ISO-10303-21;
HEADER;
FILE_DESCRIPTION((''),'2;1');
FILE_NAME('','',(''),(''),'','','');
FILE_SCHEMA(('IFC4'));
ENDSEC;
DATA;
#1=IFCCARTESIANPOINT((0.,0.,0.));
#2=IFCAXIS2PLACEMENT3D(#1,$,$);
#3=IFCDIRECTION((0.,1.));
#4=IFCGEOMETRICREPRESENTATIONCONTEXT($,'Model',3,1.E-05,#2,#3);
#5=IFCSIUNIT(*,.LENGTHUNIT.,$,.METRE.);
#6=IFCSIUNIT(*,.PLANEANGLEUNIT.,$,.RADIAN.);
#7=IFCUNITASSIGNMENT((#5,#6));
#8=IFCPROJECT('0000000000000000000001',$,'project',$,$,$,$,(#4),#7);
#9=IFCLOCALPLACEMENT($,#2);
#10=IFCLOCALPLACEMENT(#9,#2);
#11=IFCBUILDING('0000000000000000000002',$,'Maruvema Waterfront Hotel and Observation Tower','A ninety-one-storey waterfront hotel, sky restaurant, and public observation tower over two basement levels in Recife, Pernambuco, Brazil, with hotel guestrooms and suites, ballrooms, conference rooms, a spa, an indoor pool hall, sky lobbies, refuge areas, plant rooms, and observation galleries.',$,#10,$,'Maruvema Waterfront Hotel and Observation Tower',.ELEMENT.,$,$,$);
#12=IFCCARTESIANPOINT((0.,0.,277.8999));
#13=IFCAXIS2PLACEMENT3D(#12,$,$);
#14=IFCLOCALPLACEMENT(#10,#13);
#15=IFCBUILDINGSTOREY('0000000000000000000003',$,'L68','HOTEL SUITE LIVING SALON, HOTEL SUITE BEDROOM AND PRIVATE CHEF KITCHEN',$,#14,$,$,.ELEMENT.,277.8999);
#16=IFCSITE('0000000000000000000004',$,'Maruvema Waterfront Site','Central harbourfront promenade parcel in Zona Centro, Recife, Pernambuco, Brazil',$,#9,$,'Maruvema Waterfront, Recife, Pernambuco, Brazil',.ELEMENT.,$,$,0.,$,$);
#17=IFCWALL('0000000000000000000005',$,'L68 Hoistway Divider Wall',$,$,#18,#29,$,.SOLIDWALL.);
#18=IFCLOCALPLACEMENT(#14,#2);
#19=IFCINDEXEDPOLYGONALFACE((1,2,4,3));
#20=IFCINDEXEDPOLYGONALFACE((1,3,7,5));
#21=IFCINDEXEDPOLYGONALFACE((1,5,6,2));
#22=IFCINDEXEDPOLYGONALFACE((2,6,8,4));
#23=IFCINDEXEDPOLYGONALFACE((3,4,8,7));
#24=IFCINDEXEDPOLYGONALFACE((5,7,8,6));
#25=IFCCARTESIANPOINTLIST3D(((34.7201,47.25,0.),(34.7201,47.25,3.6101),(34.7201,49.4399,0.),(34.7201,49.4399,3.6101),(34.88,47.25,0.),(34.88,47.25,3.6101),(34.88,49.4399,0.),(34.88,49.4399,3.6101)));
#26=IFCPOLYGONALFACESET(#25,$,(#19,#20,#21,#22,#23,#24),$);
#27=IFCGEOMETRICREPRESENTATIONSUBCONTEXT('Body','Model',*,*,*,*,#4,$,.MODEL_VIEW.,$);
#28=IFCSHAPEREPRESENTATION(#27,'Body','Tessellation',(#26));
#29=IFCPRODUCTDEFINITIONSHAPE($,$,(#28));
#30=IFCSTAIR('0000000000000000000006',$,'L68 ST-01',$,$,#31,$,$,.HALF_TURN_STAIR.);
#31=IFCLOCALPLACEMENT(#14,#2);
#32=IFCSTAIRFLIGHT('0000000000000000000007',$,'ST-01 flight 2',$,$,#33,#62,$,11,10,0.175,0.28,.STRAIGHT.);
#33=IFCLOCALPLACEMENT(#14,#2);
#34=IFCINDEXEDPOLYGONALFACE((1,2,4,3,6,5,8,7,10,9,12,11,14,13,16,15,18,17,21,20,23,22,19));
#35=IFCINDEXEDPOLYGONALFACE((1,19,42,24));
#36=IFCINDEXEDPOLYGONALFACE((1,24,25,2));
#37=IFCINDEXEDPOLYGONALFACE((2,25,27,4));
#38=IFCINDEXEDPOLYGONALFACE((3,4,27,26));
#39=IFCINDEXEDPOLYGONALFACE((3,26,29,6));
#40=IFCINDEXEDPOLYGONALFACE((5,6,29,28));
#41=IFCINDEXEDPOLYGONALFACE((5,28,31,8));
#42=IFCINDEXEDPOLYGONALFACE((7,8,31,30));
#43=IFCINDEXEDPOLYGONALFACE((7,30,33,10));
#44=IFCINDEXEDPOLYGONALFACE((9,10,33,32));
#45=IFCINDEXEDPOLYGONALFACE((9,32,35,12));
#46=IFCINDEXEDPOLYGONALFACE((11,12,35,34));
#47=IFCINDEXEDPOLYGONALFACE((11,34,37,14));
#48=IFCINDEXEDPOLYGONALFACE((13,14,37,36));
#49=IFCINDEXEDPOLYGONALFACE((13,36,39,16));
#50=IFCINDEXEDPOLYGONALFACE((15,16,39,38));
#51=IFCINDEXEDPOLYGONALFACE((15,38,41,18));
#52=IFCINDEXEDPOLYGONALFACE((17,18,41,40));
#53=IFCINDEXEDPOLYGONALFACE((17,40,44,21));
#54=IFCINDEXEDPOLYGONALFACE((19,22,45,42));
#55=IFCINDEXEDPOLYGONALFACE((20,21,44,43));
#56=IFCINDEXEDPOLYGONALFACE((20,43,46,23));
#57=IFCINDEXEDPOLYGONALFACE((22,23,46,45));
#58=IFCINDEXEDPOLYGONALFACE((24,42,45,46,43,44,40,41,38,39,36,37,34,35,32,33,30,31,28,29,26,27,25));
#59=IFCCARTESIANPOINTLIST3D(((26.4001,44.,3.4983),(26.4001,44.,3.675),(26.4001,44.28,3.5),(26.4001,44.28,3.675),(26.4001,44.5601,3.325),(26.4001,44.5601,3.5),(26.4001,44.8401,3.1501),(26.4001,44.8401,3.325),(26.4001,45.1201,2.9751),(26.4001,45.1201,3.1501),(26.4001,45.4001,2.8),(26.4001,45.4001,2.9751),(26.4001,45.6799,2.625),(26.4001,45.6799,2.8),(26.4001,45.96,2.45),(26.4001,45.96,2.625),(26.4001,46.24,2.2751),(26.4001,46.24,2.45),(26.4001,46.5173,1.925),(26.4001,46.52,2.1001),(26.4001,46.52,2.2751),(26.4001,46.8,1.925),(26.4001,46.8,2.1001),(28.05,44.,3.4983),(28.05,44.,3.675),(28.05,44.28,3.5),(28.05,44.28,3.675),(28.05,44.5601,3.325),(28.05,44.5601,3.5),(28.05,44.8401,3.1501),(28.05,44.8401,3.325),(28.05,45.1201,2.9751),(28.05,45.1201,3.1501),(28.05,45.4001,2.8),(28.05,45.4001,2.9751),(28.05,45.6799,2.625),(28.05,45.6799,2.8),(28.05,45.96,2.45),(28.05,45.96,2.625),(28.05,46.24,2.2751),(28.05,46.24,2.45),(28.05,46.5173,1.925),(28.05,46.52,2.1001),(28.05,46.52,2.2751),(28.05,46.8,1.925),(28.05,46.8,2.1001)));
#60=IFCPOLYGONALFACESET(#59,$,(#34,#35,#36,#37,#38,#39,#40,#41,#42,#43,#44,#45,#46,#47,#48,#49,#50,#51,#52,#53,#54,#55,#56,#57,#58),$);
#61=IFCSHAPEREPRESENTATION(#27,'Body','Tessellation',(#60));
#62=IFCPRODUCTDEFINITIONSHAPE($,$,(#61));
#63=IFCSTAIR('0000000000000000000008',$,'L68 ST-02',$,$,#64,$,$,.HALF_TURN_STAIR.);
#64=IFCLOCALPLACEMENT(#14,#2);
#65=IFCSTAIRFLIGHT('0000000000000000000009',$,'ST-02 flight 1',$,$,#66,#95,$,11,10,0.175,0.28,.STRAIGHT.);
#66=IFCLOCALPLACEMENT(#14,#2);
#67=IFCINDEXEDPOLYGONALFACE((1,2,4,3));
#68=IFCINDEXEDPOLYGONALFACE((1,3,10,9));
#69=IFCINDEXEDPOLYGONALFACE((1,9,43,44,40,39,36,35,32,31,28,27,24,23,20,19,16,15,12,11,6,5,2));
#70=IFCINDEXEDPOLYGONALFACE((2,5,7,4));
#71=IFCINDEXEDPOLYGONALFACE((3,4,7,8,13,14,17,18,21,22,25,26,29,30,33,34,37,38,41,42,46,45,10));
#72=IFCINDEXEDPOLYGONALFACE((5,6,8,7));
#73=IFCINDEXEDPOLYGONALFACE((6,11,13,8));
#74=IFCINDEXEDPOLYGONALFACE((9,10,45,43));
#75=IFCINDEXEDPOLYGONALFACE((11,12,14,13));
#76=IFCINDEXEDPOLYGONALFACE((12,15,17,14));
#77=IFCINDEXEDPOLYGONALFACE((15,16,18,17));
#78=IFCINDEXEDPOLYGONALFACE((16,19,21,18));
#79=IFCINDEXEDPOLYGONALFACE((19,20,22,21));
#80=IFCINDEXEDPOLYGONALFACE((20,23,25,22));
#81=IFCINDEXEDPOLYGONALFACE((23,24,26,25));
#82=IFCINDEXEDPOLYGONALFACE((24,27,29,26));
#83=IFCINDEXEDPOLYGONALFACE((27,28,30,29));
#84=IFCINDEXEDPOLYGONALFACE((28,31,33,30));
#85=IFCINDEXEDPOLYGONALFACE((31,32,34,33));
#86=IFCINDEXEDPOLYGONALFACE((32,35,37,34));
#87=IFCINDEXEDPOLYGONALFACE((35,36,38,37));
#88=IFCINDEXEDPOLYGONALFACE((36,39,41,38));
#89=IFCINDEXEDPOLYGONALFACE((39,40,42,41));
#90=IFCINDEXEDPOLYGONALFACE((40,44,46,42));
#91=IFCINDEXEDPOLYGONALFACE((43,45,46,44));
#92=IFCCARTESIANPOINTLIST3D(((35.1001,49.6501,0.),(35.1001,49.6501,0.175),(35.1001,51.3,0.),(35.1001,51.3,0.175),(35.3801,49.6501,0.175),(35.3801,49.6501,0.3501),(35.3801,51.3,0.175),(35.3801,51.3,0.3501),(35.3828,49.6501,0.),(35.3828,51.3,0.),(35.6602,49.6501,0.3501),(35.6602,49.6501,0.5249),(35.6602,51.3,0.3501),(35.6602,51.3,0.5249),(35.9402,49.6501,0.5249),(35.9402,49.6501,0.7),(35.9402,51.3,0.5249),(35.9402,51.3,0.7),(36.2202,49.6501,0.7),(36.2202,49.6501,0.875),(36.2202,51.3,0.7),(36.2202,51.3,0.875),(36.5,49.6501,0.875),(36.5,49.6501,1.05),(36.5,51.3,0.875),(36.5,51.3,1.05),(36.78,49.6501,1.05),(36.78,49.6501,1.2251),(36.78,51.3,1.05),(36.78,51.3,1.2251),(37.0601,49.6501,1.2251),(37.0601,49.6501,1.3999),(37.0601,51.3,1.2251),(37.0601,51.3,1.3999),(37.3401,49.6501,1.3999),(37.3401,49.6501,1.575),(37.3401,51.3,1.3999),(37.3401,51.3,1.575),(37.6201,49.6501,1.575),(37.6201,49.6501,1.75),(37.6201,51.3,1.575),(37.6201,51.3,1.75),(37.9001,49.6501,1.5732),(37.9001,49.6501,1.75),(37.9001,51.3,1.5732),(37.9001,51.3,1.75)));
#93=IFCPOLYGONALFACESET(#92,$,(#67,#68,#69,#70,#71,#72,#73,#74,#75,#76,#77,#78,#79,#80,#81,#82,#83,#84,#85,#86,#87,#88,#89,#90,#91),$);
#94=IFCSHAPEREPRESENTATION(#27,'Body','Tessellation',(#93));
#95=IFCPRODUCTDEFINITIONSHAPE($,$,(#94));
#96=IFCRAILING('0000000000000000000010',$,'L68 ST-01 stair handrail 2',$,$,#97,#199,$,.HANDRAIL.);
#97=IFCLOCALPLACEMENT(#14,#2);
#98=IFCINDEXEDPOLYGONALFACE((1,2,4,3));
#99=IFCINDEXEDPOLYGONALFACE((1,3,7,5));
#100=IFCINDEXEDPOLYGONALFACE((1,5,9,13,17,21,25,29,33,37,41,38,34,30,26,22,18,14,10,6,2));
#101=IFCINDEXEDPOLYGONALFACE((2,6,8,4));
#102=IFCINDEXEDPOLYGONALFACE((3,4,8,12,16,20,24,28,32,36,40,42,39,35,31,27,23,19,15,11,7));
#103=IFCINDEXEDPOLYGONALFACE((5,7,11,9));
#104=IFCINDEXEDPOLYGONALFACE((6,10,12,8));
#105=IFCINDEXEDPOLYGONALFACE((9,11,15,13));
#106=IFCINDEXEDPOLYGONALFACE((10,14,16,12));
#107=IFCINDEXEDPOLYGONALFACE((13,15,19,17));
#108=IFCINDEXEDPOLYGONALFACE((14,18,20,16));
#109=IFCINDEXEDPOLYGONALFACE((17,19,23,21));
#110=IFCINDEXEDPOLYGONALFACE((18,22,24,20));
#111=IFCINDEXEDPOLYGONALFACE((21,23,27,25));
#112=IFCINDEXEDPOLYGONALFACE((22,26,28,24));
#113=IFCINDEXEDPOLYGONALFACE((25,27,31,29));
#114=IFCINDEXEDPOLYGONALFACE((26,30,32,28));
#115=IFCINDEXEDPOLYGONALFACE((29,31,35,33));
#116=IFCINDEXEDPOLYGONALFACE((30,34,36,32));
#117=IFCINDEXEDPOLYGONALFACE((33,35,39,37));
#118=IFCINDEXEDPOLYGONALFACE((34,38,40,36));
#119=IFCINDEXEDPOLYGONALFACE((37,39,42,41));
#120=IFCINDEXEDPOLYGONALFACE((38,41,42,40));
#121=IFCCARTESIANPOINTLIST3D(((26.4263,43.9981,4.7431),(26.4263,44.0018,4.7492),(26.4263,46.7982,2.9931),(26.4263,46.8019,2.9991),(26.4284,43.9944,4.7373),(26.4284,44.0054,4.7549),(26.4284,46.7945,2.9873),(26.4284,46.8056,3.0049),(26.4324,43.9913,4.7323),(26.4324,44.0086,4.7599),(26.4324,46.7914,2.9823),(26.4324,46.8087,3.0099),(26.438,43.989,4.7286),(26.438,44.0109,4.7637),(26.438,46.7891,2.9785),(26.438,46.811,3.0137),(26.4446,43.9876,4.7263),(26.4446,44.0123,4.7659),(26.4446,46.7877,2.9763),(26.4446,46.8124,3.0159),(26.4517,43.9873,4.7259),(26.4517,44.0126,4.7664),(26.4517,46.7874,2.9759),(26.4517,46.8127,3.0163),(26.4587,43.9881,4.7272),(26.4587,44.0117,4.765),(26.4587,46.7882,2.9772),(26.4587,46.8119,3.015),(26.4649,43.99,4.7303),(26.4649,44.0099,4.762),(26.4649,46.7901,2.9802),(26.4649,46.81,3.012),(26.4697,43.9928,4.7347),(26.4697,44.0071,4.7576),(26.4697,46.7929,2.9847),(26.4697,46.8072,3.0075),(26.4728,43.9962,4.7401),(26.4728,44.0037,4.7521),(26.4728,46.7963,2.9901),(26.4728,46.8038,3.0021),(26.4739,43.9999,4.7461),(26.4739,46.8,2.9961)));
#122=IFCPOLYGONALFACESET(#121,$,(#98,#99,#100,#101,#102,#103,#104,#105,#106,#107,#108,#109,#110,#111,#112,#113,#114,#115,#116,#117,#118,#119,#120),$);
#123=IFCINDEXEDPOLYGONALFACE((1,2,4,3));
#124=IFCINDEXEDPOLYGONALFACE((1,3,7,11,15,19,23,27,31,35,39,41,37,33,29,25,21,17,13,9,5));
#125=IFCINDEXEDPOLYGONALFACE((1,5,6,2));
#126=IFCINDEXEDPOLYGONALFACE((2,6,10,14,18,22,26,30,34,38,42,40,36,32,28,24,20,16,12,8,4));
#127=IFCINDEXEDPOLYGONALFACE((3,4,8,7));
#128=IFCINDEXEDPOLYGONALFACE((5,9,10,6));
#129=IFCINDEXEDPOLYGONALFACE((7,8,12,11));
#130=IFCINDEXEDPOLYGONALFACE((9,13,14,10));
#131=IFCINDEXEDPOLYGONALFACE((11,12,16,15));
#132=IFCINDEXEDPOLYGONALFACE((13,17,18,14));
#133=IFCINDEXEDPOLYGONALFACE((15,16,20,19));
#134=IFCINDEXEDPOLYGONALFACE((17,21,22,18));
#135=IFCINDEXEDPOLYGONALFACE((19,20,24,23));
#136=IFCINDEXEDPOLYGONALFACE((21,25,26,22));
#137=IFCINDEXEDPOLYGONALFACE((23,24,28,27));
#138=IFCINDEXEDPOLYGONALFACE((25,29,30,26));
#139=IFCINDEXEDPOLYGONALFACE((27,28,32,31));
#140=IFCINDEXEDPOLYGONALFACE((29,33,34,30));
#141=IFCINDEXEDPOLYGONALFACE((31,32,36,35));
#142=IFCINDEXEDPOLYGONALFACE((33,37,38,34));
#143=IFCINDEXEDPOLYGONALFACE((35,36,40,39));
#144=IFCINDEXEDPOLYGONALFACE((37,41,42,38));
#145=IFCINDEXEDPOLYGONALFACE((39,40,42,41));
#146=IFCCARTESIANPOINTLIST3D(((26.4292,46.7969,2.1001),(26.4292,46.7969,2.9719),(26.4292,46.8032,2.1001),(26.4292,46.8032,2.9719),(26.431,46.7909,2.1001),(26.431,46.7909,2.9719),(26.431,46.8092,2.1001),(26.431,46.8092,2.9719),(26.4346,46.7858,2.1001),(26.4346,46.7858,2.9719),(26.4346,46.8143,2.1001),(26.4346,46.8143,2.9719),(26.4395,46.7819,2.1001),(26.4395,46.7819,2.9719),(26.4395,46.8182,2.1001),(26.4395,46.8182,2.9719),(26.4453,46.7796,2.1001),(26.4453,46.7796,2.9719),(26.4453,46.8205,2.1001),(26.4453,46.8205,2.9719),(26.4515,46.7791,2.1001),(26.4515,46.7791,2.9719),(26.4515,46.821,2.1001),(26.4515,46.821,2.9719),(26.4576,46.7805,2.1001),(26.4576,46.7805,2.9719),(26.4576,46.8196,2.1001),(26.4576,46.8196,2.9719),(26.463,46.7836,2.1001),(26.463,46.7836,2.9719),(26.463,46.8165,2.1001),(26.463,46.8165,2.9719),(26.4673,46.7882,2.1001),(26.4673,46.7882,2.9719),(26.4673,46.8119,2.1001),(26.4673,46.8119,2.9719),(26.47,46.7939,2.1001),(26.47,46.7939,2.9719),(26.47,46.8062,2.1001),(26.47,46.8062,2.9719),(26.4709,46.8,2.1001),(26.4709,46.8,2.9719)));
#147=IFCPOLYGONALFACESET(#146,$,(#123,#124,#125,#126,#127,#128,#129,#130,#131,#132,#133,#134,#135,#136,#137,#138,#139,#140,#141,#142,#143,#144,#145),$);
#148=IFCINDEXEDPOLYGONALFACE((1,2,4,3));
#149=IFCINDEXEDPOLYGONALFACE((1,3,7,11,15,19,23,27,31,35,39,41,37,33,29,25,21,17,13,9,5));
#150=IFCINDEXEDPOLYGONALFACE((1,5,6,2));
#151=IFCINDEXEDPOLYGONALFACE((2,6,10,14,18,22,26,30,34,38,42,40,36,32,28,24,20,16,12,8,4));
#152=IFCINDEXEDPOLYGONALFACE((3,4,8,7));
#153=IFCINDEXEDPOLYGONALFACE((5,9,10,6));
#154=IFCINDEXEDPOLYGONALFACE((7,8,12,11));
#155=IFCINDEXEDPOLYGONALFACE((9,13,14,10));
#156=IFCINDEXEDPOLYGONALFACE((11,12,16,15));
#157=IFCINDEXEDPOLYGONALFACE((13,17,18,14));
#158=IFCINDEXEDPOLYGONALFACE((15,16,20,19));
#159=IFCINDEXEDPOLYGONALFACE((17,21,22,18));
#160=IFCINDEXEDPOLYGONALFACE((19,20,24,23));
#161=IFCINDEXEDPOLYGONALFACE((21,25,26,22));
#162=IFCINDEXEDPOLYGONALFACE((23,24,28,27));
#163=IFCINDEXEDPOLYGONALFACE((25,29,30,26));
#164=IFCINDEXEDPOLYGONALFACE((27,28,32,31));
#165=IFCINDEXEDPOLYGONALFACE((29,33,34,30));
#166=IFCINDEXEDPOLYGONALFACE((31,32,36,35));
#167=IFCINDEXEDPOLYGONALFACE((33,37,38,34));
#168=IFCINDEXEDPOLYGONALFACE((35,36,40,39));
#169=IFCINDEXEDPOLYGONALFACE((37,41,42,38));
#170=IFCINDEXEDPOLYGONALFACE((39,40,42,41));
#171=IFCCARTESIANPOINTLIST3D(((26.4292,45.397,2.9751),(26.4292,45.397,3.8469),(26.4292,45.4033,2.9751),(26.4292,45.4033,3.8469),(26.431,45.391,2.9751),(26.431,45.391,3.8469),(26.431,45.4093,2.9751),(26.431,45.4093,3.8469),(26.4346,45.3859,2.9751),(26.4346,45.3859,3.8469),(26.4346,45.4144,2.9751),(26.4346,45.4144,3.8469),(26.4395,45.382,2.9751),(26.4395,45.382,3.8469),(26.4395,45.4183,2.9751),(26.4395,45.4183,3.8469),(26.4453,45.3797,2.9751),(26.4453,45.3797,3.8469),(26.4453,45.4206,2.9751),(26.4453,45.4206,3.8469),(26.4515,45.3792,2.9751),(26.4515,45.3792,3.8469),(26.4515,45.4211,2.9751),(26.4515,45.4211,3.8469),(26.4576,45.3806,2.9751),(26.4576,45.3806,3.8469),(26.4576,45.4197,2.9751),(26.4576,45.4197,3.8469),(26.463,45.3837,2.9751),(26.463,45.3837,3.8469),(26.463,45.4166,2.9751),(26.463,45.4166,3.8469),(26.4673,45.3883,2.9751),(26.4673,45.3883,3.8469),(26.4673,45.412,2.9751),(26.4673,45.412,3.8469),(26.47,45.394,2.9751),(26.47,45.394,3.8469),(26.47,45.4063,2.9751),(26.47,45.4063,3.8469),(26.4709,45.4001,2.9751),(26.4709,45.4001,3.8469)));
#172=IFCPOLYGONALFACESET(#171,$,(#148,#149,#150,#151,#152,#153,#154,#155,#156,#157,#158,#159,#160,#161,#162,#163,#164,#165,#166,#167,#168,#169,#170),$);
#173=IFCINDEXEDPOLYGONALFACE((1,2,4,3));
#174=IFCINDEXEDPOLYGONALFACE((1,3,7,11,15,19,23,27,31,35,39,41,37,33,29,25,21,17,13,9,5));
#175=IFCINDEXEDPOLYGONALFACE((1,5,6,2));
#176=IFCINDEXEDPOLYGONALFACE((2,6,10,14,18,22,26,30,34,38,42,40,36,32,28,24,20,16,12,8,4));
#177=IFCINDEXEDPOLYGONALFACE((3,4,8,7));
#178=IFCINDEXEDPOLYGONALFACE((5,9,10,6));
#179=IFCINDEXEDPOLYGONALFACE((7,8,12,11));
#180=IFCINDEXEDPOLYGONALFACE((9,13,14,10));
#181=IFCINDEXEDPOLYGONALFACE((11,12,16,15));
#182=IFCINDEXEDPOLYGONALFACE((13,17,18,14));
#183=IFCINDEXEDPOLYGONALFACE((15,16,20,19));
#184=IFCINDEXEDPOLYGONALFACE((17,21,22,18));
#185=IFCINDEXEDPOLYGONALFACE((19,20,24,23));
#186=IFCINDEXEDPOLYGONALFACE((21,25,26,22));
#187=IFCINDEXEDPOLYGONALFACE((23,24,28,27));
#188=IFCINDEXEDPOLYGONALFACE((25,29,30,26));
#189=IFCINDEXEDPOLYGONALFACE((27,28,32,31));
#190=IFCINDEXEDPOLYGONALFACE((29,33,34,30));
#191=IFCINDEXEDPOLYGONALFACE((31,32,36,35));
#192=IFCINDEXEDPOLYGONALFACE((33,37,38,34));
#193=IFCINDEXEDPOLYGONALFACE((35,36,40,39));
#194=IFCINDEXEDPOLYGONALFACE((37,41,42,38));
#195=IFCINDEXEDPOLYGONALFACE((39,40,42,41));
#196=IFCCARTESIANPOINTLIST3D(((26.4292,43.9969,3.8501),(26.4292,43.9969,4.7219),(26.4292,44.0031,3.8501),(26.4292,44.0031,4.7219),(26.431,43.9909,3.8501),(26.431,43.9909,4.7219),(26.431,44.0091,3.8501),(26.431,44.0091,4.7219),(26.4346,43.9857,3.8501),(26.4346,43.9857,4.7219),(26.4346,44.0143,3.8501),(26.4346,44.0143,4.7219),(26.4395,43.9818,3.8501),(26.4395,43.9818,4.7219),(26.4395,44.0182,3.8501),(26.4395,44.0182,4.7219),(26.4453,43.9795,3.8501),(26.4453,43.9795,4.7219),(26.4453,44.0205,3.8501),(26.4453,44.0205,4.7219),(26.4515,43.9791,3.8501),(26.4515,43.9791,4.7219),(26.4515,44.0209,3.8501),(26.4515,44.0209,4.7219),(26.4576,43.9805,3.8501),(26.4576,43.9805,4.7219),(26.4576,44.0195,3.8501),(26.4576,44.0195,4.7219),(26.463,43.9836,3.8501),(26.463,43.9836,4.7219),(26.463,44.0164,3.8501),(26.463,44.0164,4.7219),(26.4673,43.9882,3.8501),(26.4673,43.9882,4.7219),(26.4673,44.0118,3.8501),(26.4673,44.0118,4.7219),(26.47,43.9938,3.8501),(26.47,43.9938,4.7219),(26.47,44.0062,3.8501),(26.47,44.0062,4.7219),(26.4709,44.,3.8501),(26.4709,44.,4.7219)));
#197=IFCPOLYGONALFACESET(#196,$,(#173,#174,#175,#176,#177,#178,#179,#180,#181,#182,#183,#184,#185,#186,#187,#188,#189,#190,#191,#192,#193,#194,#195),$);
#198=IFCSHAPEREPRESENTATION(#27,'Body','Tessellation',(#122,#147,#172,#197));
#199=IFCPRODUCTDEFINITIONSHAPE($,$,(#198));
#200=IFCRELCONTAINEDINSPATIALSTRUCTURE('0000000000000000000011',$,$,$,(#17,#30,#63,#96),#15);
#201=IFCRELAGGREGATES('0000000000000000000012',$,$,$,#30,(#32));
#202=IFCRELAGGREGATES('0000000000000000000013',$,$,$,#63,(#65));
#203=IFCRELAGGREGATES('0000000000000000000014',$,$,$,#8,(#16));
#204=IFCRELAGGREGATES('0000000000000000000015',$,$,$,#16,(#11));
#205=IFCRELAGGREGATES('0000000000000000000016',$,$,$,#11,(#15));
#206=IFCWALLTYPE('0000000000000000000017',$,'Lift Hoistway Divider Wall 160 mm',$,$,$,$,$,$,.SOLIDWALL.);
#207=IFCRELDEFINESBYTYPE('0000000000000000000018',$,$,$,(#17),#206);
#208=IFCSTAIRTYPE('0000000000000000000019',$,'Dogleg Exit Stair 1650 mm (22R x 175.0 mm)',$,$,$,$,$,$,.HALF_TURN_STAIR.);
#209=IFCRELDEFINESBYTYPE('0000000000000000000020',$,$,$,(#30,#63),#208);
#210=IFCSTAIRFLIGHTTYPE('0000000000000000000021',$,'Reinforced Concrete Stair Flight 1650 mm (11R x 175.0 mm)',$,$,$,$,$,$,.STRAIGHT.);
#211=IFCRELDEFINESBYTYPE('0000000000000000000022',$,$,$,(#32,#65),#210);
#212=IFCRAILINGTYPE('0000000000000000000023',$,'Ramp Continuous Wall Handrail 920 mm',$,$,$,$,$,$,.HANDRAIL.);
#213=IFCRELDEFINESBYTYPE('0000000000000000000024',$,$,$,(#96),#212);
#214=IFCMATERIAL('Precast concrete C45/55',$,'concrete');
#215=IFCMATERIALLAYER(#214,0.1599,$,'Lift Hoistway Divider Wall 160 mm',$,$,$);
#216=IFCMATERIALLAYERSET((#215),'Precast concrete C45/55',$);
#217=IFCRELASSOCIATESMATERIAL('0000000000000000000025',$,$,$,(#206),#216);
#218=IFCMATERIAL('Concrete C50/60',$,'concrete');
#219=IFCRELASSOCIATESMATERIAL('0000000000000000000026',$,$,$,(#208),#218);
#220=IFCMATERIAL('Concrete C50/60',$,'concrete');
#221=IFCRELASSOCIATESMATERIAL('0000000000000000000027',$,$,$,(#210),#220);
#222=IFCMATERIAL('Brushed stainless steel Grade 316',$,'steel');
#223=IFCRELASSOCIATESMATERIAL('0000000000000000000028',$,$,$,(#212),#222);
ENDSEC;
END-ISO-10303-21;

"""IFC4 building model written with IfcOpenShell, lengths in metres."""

from ifc_helpers import new_model, si_unit, direction, frame, frame_2d, origin, origin_2d, place, context, subcontext, project, spatial, polyline, rectangle, circle, outline, extrude, material, layer, layer_set, type_object, element, aggregate, save


model = new_model("IFC4")

# Units and contexts
model_context = context("Model", 3, precision=1e-05, world=origin(), true_north=direction((0.0, 1.0)))
body_context = subcontext(model_context, "Body", "Model", "MODEL_VIEW")
ifc_project = project(units=[si_unit("LENGTHUNIT", "METRE"), si_unit("PLANEANGLEUNIT", "RADIAN")], contexts=[model_context])

# Site, building, storey
site_placement = place(None, origin())
site = spatial("IfcSite", under=ifc_project, at=site_placement, Name="Maruvema Waterfront Site", Description="Central harbourfront promenade parcel in Zona Centro, Recife, Pernambuco, Brazil", LongName="Maruvema Waterfront, Recife, Pernambuco, Brazil", CompositionType="ELEMENT", RefElevation=0.0)
building_placement = place(site_placement, origin())
building = spatial("IfcBuilding", under=site, at=building_placement, Name="Maruvema Waterfront Hotel and Observation Tower", Description="A ninety-one-storey waterfront hotel, sky restaurant, and public observation tower over two basement levels in Recife, Pernambuco, Brazil, with hotel guestrooms and suites, ballrooms, conference rooms, a spa, an indoor pool hall, sky lobbies, refuge areas, plant rooms, and observation galleries.", LongName="Maruvema Waterfront Hotel and Observation Tower", CompositionType="ELEMENT")
storey_placement = place(building_placement, frame((0.0, 0.0, 277.8999)))
storey = spatial("IfcBuildingStorey", under=building, at=storey_placement, Name="L68", Description="HOTEL SUITE LIVING SALON, HOTEL SUITE BEDROOM AND PRIVATE CHEF KITCHEN", CompositionType="ELEMENT", Elevation=277.8999)

# Wall
ifc_material_1 = material(Name="Precast concrete C45/55", Category="concrete")
ifc_layer_1 = layer(ifc_material_1, 0.1599, Name="Lift Hoistway Divider Wall 160 mm")
ifc_layer_set_1 = layer_set([ifc_layer_1], Name="Precast concrete C45/55")
wall_type_1 = type_object("IfcWallType", Name="Lift Hoistway Divider Wall 160 mm", PredefinedType="SOLIDWALL", material=ifc_layer_set_1)
wall_1_placement = place(storey_placement, frame((34.8, 47.25, 0.0), z_axis=(0.0, 0.0, 1.0), x_axis=(0.0, 1.0, 0.0)))
element("IfcWall", 1, at=wall_1_placement, inside=storey, type_object=wall_type_1, Name="L68 Hoistway Divider Wall", PredefinedType="SOLIDWALL", context=body_context, shape_type="SweptSolid", body=[
    extrude(rectangle(XDim=2.1899, YDim=0.1599, at=frame_2d((1.095, 0.0))), origin(), (0.0, 0.0, 1.0), 3.6101),
])

# Stairs, stair flights
ifc_material_2 = material(Name="Concrete C50/60", Category="concrete")
stair_type = type_object("IfcStairType", Name="Dogleg Exit Stair 1650 mm (22R x 175.0 mm)", PredefinedType="HALF_TURN_STAIR", material=ifc_material_2)
stair_1_placement = place(storey_placement, origin())
stair_1 = element("IfcStair", 2, at=stair_1_placement, inside=storey, type_object=stair_type, Name="L68 ST-01", PredefinedType="HALF_TURN_STAIR")
ifc_material_3 = material(Name="Concrete C50/60", Category="concrete")
stair_flight_type = type_object("IfcStairFlightType", Name="Reinforced Concrete Stair Flight 1650 mm (11R x 175.0 mm)", PredefinedType="STRAIGHT", material=ifc_material_3)
stair_flight_1_placement = place(storey_placement, frame((27.2251, 46.8, 1.925), z_axis=(0.0, 0.0, 1.0), x_axis=(0.0, -1.0, 0.0)))
stair_flight_1 = element("IfcStairFlight", 3, at=stair_flight_1_placement, type_object=stair_flight_type, Name="ST-01 flight 2", NumberOfRisers=11, NumberOfTreads=10, PredefinedType="STRAIGHT", RiserHeight=0.175, TreadLength=0.28, context=body_context, shape_type="SweptSolid", body=[
    extrude(outline(polyline([(0.0, 0.0), (0.0, 0.175), (0.28, 0.175), (0.28, 0.3501), (0.5601, 0.3501), (0.5601, 0.5249), (0.8401, 0.5249), (0.8401, 0.7), (1.1201, 0.7), (1.1201, 0.875), (1.3999, 0.875), (1.3999, 1.05), (1.6799, 1.05), (1.6799, 1.2251), (1.96, 1.2251), (1.96, 1.3999), (2.24, 1.3999), (2.24, 1.575), (2.52, 1.575), (2.52, 1.75), (2.8, 1.75), (2.8, 1.925), (2.8, 1.5732), (0.2827, 0.0), (0.0, 0.0)])), frame((0.0, 0.825, 0.0), z_axis=(0.0, -1.0, 0.0), x_axis=(1.0, 0.0, 0.0)), (0.0, 0.0, 1.0), 1.6499),
])
aggregate(stair_1, [stair_flight_1])
stair_2_placement = place(storey_placement, origin())
stair_2 = element("IfcStair", 4, at=stair_2_placement, inside=storey, type_object=stair_type, Name="L68 ST-02", PredefinedType="HALF_TURN_STAIR")
stair_flight_2_placement = place(storey_placement, frame((35.1001, 50.4751, 0.0), z_axis=(0.0, 0.0, 1.0), x_axis=(1.0, 0.0, 0.0)))
stair_flight_2 = element("IfcStairFlight", 5, at=stair_flight_2_placement, type_object=stair_flight_type, Name="ST-02 flight 1", NumberOfRisers=11, NumberOfTreads=10, PredefinedType="STRAIGHT", RiserHeight=0.175, TreadLength=0.28, context=body_context, shape_type="SweptSolid", body=[
    extrude(outline(polyline([(0.0, 0.0), (0.0, 0.175), (0.28, 0.175), (0.28, 0.3501), (0.5601, 0.3501), (0.5601, 0.5249), (0.8401, 0.5249), (0.8401, 0.7), (1.1201, 0.7), (1.1201, 0.875), (1.3999, 0.875), (1.3999, 1.05), (1.6799, 1.05), (1.6799, 1.2251), (1.96, 1.2251), (1.96, 1.3999), (2.24, 1.3999), (2.24, 1.575), (2.52, 1.575), (2.52, 1.75), (2.8, 1.75), (2.8, 1.925), (2.8, 1.5732), (0.2827, 0.0), (0.0, 0.0)])), frame((0.0, 0.825, 0.0), z_axis=(0.0, -1.0, 0.0), x_axis=(1.0, 0.0, 0.0)), (0.0, 0.0, 1.0), 1.6499),
])
aggregate(stair_2, [stair_flight_2])

# Railing
ifc_material_4 = material(Name="Brushed stainless steel Grade 316", Category="steel")
railing_type_1 = type_object("IfcRailingType", Name="Ramp Continuous Wall Handrail 920 mm", PredefinedType="HANDRAIL", material=ifc_material_4)
railing_1_placement = place(storey_placement, frame((26.45, 46.8, 2.1001)))
element("IfcRailing", 6, at=railing_1_placement, inside=storey, type_object=railing_type_1, Name="L68 ST-01 stair handrail 2", PredefinedType="HANDRAIL", context=body_context, shape_type="SweptSolid", body=[
    extrude(circle(Radius=0.0239, at=origin_2d()), frame((0.0, 0.0, 0.896), z_axis=(0.0, -0.848002, 0.529992), x_axis=(1.0, 0.0, 0.0)), (0.0, 0.0, 1.0), 3.302),
    extrude(circle(Radius=0.021, at=origin_2d()), origin(), (0.0, 0.0, 1.0), 0.8718),
    extrude(circle(Radius=0.021, at=origin_2d()), frame((0.0, -1.3999, 0.875)), (0.0, 0.0, 1.0), 0.8718),
    extrude(circle(Radius=0.021, at=origin_2d()), frame((0.0, -2.8, 1.75)), (0.0, 0.0, 1.0), 0.8718),
])

save(model, "model.ifc")
